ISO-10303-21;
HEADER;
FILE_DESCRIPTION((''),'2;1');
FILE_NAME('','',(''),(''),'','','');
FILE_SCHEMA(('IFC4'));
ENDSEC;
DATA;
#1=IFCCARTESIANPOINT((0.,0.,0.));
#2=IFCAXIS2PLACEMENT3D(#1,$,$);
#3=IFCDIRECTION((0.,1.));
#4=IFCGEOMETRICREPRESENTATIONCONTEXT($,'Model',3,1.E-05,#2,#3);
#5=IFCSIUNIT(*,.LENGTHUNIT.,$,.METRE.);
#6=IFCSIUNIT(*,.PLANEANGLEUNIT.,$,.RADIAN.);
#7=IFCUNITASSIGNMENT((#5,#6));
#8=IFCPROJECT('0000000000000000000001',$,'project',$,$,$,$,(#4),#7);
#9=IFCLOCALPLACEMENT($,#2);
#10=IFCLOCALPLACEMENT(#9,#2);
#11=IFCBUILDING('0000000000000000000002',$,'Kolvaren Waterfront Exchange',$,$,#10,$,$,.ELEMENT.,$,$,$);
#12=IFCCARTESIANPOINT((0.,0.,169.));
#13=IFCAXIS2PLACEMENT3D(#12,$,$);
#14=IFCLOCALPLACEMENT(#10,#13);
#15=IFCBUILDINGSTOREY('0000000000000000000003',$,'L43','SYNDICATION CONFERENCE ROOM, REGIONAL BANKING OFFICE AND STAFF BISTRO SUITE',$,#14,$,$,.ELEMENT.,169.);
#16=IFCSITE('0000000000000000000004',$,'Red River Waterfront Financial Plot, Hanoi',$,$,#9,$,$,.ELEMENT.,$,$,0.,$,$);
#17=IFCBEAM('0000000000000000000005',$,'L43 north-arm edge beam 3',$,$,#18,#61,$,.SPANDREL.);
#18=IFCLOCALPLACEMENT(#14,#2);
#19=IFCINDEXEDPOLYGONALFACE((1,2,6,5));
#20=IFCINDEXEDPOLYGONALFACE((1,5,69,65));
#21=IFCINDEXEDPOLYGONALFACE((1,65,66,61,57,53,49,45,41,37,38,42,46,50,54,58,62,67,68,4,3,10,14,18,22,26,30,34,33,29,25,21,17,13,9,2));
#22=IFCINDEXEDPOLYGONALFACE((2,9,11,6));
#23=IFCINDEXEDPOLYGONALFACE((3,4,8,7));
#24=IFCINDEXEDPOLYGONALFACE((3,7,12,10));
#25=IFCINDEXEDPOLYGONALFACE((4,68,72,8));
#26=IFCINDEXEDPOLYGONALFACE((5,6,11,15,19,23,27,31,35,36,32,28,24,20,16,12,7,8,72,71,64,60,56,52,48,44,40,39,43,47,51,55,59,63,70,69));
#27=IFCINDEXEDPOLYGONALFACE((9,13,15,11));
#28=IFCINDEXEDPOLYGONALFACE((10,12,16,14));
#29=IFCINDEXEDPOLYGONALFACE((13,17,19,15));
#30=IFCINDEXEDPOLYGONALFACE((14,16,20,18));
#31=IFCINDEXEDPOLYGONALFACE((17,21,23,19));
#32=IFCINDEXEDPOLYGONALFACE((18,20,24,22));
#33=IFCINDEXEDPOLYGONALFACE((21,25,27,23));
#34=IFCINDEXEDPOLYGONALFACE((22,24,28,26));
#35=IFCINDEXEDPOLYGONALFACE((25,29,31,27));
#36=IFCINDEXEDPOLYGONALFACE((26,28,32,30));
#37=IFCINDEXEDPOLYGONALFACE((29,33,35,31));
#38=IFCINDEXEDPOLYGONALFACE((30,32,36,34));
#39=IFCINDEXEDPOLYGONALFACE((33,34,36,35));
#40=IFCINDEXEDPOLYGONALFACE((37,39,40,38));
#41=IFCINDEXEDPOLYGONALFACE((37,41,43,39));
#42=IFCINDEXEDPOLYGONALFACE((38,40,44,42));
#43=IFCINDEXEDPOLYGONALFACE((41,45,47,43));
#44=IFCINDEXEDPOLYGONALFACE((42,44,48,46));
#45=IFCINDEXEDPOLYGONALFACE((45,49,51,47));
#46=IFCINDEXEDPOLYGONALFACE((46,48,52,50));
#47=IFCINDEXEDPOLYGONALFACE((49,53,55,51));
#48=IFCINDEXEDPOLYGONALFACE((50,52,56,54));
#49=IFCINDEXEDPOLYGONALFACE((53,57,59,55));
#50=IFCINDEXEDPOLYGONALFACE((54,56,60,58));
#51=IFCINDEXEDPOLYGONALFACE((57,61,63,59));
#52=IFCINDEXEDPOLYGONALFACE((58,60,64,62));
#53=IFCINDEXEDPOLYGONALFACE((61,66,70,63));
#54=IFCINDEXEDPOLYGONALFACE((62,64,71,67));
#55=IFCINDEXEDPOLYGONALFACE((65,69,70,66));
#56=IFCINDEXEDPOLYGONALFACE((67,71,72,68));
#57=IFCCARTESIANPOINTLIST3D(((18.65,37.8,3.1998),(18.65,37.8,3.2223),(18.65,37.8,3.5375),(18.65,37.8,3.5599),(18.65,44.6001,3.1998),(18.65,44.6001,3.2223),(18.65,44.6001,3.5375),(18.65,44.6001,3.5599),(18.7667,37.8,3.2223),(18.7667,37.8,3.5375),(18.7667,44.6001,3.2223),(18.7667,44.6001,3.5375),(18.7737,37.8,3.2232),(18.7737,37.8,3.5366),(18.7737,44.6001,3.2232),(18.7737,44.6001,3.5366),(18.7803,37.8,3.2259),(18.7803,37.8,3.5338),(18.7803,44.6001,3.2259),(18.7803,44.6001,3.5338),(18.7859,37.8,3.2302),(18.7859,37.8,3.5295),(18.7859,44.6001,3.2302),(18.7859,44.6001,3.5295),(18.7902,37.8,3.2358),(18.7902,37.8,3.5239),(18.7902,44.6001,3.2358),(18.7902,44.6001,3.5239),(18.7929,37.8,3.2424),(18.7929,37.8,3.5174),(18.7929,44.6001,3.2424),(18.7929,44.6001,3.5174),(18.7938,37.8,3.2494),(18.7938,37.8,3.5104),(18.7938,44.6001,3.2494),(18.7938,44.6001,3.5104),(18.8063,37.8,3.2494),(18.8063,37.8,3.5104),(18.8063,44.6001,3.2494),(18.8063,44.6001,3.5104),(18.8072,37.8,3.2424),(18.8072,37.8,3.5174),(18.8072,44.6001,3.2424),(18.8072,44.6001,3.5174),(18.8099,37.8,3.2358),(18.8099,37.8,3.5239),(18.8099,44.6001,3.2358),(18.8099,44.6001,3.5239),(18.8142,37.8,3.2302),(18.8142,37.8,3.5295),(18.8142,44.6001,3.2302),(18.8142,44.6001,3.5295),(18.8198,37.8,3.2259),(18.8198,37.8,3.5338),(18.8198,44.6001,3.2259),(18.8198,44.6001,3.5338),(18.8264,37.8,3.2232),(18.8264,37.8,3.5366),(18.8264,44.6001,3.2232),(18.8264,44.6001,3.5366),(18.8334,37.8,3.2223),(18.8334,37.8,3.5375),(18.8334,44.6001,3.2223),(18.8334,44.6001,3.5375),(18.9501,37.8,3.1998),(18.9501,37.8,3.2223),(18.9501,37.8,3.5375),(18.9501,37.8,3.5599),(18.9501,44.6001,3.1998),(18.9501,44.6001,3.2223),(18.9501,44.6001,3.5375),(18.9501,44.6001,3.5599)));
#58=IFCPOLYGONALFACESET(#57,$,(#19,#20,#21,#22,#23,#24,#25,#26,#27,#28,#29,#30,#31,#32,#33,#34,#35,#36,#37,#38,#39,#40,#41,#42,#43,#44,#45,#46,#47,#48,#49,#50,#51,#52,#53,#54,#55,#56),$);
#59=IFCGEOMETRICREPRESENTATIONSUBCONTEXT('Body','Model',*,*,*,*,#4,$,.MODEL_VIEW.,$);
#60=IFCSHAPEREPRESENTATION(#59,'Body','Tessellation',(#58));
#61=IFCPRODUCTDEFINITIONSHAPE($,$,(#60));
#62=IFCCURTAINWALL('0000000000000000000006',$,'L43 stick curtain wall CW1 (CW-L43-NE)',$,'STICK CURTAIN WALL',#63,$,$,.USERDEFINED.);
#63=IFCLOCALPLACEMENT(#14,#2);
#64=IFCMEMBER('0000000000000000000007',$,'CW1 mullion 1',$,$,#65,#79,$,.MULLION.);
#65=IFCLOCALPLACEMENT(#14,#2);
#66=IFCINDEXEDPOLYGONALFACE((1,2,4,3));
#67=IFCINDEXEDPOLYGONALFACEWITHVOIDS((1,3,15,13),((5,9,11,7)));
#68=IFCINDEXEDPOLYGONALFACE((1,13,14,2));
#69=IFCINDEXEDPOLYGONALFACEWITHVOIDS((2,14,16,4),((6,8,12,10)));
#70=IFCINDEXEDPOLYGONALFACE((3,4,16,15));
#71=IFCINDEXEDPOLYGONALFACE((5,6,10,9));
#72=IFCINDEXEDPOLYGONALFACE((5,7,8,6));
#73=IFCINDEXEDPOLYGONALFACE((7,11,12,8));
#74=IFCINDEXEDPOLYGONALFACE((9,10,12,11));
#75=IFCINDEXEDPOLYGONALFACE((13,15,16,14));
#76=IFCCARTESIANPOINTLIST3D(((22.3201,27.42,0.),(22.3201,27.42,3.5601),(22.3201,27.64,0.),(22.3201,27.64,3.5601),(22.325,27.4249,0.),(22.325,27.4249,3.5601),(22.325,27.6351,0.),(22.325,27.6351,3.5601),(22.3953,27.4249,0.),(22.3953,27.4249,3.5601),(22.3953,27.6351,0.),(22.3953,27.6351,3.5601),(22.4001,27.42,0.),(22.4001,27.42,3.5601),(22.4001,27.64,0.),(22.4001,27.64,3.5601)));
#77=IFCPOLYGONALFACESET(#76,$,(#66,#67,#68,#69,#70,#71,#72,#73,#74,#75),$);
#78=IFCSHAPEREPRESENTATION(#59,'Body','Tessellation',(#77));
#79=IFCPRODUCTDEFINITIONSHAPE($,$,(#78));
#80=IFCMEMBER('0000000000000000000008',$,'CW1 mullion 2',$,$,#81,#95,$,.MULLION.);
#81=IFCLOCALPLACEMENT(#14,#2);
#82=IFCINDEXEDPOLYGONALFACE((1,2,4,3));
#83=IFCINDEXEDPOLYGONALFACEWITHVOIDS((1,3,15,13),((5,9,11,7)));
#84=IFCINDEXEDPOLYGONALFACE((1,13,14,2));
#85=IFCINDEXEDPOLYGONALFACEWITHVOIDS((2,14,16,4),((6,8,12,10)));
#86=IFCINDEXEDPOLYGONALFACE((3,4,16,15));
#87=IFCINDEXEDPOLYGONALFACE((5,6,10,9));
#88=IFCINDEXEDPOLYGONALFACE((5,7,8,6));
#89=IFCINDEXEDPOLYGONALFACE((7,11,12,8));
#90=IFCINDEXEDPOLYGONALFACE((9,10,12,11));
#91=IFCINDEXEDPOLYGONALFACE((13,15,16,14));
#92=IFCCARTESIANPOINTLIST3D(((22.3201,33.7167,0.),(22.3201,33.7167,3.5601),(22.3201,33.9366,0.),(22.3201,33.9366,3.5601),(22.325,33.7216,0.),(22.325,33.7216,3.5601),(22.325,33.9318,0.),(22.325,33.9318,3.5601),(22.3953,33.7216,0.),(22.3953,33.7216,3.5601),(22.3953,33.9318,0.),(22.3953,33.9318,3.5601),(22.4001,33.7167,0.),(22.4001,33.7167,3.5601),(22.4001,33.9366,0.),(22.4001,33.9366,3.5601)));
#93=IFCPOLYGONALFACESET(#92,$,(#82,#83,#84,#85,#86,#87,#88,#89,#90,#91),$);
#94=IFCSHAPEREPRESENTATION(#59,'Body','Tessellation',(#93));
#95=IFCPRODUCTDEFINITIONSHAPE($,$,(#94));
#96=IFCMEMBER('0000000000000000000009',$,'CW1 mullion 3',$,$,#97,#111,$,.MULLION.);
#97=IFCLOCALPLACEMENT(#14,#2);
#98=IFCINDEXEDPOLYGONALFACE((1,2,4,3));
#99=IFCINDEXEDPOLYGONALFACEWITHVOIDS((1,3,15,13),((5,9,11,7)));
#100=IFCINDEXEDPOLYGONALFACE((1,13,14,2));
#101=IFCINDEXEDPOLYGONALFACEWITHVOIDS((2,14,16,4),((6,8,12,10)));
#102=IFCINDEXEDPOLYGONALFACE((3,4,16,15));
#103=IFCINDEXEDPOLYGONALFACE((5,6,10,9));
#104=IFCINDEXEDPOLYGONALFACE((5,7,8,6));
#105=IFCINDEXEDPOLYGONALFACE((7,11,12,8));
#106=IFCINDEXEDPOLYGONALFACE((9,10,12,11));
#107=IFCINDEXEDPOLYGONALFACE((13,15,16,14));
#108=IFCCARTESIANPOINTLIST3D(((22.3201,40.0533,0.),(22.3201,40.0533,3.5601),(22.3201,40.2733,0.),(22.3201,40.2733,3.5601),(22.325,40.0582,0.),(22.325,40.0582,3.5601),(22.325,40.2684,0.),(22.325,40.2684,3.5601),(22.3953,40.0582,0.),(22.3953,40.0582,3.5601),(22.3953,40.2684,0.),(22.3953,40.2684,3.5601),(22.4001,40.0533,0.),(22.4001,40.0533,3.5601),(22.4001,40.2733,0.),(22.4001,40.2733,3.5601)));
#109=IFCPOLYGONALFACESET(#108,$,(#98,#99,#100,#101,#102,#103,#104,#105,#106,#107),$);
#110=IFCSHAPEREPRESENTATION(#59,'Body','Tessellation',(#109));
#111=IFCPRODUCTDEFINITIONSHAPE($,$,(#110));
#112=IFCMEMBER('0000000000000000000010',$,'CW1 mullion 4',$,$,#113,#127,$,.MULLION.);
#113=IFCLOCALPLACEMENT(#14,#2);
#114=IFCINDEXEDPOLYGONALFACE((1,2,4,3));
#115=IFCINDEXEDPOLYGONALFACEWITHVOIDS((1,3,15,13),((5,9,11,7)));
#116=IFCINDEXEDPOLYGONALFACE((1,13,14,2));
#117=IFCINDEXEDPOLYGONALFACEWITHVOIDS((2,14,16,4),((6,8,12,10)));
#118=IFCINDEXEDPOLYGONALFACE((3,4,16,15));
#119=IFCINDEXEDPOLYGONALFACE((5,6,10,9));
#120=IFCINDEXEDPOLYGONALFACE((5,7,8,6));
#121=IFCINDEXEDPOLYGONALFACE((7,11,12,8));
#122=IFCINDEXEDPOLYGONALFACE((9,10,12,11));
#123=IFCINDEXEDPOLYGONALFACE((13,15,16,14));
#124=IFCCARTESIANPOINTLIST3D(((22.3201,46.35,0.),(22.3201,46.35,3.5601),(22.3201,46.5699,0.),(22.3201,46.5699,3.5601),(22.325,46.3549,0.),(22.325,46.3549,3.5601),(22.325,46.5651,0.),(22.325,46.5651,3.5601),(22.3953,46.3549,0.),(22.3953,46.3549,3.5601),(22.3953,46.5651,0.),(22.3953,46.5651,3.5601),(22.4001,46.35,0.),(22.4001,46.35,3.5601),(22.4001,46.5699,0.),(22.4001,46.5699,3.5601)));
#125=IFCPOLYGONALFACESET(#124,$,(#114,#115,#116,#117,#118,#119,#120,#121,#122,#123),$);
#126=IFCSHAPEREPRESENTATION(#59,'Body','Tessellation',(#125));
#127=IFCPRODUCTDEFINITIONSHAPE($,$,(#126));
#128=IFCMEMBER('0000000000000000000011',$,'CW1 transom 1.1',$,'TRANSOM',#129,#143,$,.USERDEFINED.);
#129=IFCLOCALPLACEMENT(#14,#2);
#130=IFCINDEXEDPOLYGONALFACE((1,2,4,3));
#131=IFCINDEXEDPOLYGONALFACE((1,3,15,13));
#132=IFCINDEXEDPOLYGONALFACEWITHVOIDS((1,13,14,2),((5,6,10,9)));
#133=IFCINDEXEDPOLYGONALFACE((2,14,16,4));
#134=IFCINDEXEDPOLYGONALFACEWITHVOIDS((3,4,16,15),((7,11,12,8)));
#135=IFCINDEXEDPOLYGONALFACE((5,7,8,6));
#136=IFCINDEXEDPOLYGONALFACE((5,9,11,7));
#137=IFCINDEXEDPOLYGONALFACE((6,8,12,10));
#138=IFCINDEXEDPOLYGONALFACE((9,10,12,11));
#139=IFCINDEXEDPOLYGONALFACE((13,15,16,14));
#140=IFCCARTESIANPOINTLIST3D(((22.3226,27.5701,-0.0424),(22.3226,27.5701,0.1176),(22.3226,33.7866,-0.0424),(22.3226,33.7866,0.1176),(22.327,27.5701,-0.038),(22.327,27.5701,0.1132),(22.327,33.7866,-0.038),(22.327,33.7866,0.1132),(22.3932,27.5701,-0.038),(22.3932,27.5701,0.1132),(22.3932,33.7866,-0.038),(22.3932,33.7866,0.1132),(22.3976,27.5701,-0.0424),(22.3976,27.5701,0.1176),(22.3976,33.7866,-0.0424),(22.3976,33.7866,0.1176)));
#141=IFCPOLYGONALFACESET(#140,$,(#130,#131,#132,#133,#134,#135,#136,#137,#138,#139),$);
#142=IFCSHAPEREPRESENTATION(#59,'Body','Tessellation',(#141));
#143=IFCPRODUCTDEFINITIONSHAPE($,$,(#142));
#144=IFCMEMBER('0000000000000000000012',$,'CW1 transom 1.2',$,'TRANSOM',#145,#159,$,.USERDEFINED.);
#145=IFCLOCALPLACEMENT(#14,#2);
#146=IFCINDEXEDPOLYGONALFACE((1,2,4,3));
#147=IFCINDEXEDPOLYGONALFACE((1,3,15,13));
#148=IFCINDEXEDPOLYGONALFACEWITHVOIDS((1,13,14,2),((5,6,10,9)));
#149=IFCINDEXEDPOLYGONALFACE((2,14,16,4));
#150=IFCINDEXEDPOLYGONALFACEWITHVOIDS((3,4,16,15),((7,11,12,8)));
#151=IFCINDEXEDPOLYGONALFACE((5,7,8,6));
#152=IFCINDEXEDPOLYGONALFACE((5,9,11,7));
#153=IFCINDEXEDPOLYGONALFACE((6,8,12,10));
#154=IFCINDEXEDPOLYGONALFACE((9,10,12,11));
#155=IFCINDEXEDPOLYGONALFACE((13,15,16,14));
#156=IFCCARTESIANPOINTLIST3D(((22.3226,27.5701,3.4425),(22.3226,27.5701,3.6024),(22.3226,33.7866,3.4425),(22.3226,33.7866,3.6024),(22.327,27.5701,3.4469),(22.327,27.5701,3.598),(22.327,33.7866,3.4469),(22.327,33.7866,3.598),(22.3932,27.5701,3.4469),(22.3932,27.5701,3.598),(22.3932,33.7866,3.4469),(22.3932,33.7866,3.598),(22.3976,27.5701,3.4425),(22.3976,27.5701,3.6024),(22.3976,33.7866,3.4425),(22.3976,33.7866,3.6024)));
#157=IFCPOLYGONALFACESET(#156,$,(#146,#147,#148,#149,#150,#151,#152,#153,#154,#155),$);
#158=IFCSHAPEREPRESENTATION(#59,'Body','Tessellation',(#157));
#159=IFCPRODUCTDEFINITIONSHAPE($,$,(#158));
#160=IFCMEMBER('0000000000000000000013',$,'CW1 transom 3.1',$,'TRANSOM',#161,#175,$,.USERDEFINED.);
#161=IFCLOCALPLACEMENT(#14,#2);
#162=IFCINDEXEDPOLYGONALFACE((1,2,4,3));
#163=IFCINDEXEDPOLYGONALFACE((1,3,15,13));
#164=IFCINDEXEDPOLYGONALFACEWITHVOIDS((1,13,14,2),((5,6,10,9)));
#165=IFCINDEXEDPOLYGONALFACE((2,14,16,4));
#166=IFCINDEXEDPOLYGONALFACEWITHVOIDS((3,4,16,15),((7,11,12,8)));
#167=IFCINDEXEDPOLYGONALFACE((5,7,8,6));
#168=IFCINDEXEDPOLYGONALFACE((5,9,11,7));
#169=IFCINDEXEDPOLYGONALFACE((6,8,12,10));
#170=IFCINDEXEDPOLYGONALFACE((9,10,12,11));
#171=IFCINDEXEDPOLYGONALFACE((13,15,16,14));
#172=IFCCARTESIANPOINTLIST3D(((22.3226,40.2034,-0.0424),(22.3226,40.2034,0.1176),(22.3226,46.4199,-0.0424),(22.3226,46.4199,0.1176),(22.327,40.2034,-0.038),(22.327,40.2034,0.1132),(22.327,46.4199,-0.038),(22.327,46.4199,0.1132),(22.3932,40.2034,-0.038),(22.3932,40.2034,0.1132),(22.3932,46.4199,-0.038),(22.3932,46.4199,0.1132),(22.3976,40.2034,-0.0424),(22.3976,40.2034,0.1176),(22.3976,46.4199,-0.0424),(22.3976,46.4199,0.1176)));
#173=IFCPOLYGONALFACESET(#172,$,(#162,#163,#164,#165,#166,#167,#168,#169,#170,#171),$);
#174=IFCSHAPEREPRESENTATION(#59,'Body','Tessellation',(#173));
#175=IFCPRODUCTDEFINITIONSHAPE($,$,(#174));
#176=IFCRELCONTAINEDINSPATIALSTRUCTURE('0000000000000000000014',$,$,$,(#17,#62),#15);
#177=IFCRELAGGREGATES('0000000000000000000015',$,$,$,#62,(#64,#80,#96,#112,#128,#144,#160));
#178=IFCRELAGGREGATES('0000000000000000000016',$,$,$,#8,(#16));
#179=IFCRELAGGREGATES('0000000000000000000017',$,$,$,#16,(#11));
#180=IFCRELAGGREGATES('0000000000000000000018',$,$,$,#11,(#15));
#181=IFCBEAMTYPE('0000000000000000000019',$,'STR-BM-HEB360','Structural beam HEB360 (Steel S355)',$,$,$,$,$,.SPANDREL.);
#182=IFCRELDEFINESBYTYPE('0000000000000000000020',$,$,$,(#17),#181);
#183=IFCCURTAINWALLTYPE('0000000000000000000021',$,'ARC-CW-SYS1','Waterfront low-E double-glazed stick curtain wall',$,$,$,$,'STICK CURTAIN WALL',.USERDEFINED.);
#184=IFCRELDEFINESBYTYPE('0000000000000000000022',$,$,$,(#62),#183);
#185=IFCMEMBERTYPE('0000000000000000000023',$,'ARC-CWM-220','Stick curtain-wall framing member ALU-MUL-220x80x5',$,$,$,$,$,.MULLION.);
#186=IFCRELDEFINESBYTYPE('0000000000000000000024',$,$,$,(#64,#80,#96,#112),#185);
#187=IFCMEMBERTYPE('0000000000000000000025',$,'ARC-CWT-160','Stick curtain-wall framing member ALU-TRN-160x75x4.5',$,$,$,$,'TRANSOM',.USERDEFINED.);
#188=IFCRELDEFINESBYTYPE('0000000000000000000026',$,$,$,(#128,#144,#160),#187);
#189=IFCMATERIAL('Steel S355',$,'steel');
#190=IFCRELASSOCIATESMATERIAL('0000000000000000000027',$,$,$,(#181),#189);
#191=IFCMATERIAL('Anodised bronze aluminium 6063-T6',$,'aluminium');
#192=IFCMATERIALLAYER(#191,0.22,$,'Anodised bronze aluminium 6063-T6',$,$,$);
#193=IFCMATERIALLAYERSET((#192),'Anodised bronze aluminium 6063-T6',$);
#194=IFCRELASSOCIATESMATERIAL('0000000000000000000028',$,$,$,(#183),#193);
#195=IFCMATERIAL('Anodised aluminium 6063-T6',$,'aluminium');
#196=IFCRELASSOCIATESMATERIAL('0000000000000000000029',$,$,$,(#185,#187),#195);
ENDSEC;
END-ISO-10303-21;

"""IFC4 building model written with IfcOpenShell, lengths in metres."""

from ifc_helpers import new_model, si_unit, direction, frame, origin, origin_with_axes, origin_2d, place, context, subcontext, project, spatial, hollow_rectangle, i_section, extrude, source, transform, mapped, material, layer, layer_set, material_profile, profile_set, type_object, element, aggregate, save


model = new_model("IFC4")

# Units and contexts
model_context = context("Model", 3, precision=1e-05, world=origin(), true_north=direction((0.0, 1.0)))
body_context = subcontext(model_context, "Body", "Model", "MODEL_VIEW")
ifc_project = project(units=[si_unit("LENGTHUNIT", "METRE"), si_unit("PLANEANGLEUNIT", "RADIAN")], contexts=[model_context])

# Site, building, storey
site_placement = place(None, origin())
site = spatial("IfcSite", under=ifc_project, at=site_placement, Name="Red River Waterfront Financial Plot, Hanoi", CompositionType="ELEMENT", RefElevation=0.0)
building_placement = place(site_placement, origin())
building = spatial("IfcBuilding", under=site, at=building_placement, Name="Kolvaren Waterfront Exchange", CompositionType="ELEMENT")
storey_placement = place(building_placement, frame((0.0, 0.0, 169.0)))
storey = spatial("IfcBuildingStorey", under=building, at=storey_placement, Name="L43", Description="SYNDICATION CONFERENCE ROOM, REGIONAL BANKING OFFICE AND STAFF BISTRO SUITE", CompositionType="ELEMENT", Elevation=169.0)

# Beam
ifc_material_1 = material(Name="Steel S355", Category="steel")
ifc_material_profile_1 = material_profile(ifc_material_1, i_section(OverallWidth=0.3, OverallDepth=0.3601, WebThickness=0.0125, FlangeThickness=0.0225, FilletRadius=0.0271, at=origin_2d()), Name="HEB360")
ifc_profile_set_1 = profile_set([ifc_material_profile_1], Name="Steel S355")
beam_type = type_object("IfcBeamType", Name="STR-BM-HEB360", Description="Structural beam HEB360 (Steel S355)", PredefinedType="SPANDREL", material=ifc_profile_set_1)
beam_placement = place(storey_placement, frame((18.8, 37.8, 3.3799), z_axis=(0.0, 1.0, 0.0), x_axis=(-1.0, 0.0, 0.0)))
element("IfcBeam", 1, at=beam_placement, inside=storey, type_object=beam_type, Name="L43 north-arm edge beam 3", PredefinedType="SPANDREL", context=body_context, shape_type="SweptSolid", body=[
    extrude(i_section(OverallWidth=0.3, OverallDepth=0.3601, WebThickness=0.0125, FlangeThickness=0.0225, FilletRadius=0.0271, at=origin_2d()), origin(), (0.0, 0.0, 1.0), 6.8),
])

# Curtain wall, members
ifc_material_2 = material(Name="Anodised bronze aluminium 6063-T6", Category="aluminium")
ifc_layer_1 = layer(ifc_material_2, 0.22, Name="Anodised bronze aluminium 6063-T6")
ifc_layer_set_1 = layer_set([ifc_layer_1], Name="Anodised bronze aluminium 6063-T6")
curtain_wall_type = type_object("IfcCurtainWallType", Name="ARC-CW-SYS1", Description="Waterfront low-E double-glazed stick curtain wall", ElementType="STICK CURTAIN WALL", PredefinedType="USERDEFINED", material=ifc_layer_set_1)
curtain_wall_placement = place(storey_placement, origin())
curtain_wall = element("IfcCurtainWall", 2, at=curtain_wall_placement, inside=storey, type_object=curtain_wall_type, Name="L43 stick curtain wall CW1 (CW-L43-NE)", ObjectType="STICK CURTAIN WALL", PredefinedType="USERDEFINED")
ifc_material_3 = material(Name="Anodised aluminium 6063-T6", Category="aluminium")
ifc_material_profile_2 = material_profile(ifc_material_3, hollow_rectangle(XDim=0.0801, YDim=0.22, WallThickness=0.0049, at=origin_2d()), Name="ALU-MUL-220x80x5")
ifc_profile_set_2 = profile_set([ifc_material_profile_2], Name="Anodised aluminium 6063-T6")
member_type_1 = type_object("IfcMemberType", Name="ARC-CWM-220", Description="Stick curtain-wall framing member ALU-MUL-220x80x5", PredefinedType="MULLION", material=ifc_profile_set_2)
shared_shape_1 = source(origin_with_axes(), body_context, "Body", "SweptSolid", [
    extrude(hollow_rectangle(XDim=0.0801, YDim=0.22, WallThickness=0.0049, at=origin_2d()), origin(), (0.0, 0.0, 1.0), 3.5601),
])
member_1_placement = place(storey_placement, frame((22.3601, 27.53, 0.0), z_axis=(0.0, 0.0, 1.0), x_axis=(-1.0, 0.0, 0.0)))
member_1 = element("IfcMember", 3, at=member_1_placement, type_object=member_type_1, Name="CW1 mullion 1", PredefinedType="MULLION", context=body_context, shape_type="MappedRepresentation", body=[
    mapped(shared_shape_1, transform((0.0, 0.0, 0.0), x_axis=(1.0, 0.0, 0.0), y_axis=(0.0, 1.0, 0.0), z_axis=(0.0, 0.0, 1.0), scale=1.0)),
])
member_2_placement = place(storey_placement, frame((22.3601, 33.8267, 0.0), z_axis=(0.0, 0.0, 1.0), x_axis=(-1.0, 0.0, 0.0)))
member_2 = element("IfcMember", 4, at=member_2_placement, type_object=member_type_1, Name="CW1 mullion 2", PredefinedType="MULLION", context=body_context, shape_type="MappedRepresentation", body=[
    mapped(shared_shape_1, transform((0.0, 0.0, 0.0), x_axis=(1.0, 0.0, 0.0), y_axis=(0.0, 1.0, 0.0), z_axis=(0.0, 0.0, 1.0), scale=1.0)),
])
member_3_placement = place(storey_placement, frame((22.3601, 40.1633, 0.0), z_axis=(0.0, 0.0, 1.0), x_axis=(-1.0, 0.0, 0.0)))
member_3 = element("IfcMember", 5, at=member_3_placement, type_object=member_type_1, Name="CW1 mullion 3", PredefinedType="MULLION", context=body_context, shape_type="MappedRepresentation", body=[
    mapped(shared_shape_1, transform((0.0, 0.0, 0.0), x_axis=(1.0, 0.0, 0.0), y_axis=(0.0, 1.0, 0.0), z_axis=(0.0, 0.0, 1.0), scale=1.0)),
])
member_4_placement = place(storey_placement, frame((22.3601, 46.46, 0.0), z_axis=(0.0, 0.0, 1.0), x_axis=(-1.0, 0.0, 0.0)))
member_4 = element("IfcMember", 6, at=member_4_placement, type_object=member_type_1, Name="CW1 mullion 4", PredefinedType="MULLION", context=body_context, shape_type="MappedRepresentation", body=[
    mapped(shared_shape_1, transform((0.0, 0.0, 0.0), x_axis=(1.0, 0.0, 0.0), y_axis=(0.0, 1.0, 0.0), z_axis=(0.0, 0.0, 1.0), scale=1.0)),
])
ifc_material_profile_3 = material_profile(ifc_material_3, hollow_rectangle(XDim=0.075, YDim=0.1599, WallThickness=0.0044, at=origin_2d()), Name="ALU-TRN-160x75x4.5")
ifc_profile_set_3 = profile_set([ifc_material_profile_3], Name="Anodised aluminium 6063-T6")
member_type_2 = type_object("IfcMemberType", Name="ARC-CWT-160", Description="Stick curtain-wall framing member ALU-TRN-160x75x4.5", ElementType="TRANSOM", PredefinedType="USERDEFINED", material=ifc_profile_set_3)
shared_shape_2 = source(origin_with_axes(), body_context, "Body", "SweptSolid", [
    extrude(hollow_rectangle(XDim=0.075, YDim=0.1599, WallThickness=0.0044, at=origin_2d()), origin(), (0.0, 0.0, 1.0), 6.2166),
])
member_5_placement = place(storey_placement, frame((22.3601, 27.5701, 0.0376), z_axis=(0.0, 1.0, 0.0), x_axis=(-1.0, 0.0, 0.0)))
member_5 = element("IfcMember", 7, at=member_5_placement, type_object=member_type_2, Name="CW1 transom 1.1", ObjectType="TRANSOM", PredefinedType="USERDEFINED", context=body_context, shape_type="MappedRepresentation", body=[
    mapped(shared_shape_2, transform((0.0, 0.0, 0.0), x_axis=(1.0, 0.0, 0.0), y_axis=(0.0, 1.0, 0.0), z_axis=(0.0, 0.0, 1.0), scale=1.0)),
])
member_6_placement = place(storey_placement, frame((22.3601, 27.5701, 3.5225), z_axis=(0.0, 1.0, 0.0), x_axis=(-1.0, 0.0, 0.0)))
member_6 = element("IfcMember", 8, at=member_6_placement, type_object=member_type_2, Name="CW1 transom 1.2", ObjectType="TRANSOM", PredefinedType="USERDEFINED", context=body_context, shape_type="MappedRepresentation", body=[
    mapped(shared_shape_2, transform((0.0, 0.0, 0.0), x_axis=(1.0, 0.0, 0.0), y_axis=(0.0, 1.0, 0.0), z_axis=(0.0, 0.0, 1.0), scale=1.0)),
])
member_7_placement = place(storey_placement, frame((22.3601, 40.2034, 0.0376), z_axis=(0.0, 1.0, 0.0), x_axis=(-1.0, 0.0, 0.0)))
member_7 = element("IfcMember", 9, at=member_7_placement, type_object=member_type_2, Name="CW1 transom 3.1", ObjectType="TRANSOM", PredefinedType="USERDEFINED", context=body_context, shape_type="MappedRepresentation", body=[
    mapped(shared_shape_2, transform((0.0, 0.0, 0.0), x_axis=(1.0, 0.0, 0.0), y_axis=(0.0, 1.0, 0.0), z_axis=(0.0, 0.0, 1.0), scale=1.0)),
])
aggregate(curtain_wall, [member_1, member_2, member_3, member_4, member_5, member_6, member_7])

save(model, "model.ifc")
